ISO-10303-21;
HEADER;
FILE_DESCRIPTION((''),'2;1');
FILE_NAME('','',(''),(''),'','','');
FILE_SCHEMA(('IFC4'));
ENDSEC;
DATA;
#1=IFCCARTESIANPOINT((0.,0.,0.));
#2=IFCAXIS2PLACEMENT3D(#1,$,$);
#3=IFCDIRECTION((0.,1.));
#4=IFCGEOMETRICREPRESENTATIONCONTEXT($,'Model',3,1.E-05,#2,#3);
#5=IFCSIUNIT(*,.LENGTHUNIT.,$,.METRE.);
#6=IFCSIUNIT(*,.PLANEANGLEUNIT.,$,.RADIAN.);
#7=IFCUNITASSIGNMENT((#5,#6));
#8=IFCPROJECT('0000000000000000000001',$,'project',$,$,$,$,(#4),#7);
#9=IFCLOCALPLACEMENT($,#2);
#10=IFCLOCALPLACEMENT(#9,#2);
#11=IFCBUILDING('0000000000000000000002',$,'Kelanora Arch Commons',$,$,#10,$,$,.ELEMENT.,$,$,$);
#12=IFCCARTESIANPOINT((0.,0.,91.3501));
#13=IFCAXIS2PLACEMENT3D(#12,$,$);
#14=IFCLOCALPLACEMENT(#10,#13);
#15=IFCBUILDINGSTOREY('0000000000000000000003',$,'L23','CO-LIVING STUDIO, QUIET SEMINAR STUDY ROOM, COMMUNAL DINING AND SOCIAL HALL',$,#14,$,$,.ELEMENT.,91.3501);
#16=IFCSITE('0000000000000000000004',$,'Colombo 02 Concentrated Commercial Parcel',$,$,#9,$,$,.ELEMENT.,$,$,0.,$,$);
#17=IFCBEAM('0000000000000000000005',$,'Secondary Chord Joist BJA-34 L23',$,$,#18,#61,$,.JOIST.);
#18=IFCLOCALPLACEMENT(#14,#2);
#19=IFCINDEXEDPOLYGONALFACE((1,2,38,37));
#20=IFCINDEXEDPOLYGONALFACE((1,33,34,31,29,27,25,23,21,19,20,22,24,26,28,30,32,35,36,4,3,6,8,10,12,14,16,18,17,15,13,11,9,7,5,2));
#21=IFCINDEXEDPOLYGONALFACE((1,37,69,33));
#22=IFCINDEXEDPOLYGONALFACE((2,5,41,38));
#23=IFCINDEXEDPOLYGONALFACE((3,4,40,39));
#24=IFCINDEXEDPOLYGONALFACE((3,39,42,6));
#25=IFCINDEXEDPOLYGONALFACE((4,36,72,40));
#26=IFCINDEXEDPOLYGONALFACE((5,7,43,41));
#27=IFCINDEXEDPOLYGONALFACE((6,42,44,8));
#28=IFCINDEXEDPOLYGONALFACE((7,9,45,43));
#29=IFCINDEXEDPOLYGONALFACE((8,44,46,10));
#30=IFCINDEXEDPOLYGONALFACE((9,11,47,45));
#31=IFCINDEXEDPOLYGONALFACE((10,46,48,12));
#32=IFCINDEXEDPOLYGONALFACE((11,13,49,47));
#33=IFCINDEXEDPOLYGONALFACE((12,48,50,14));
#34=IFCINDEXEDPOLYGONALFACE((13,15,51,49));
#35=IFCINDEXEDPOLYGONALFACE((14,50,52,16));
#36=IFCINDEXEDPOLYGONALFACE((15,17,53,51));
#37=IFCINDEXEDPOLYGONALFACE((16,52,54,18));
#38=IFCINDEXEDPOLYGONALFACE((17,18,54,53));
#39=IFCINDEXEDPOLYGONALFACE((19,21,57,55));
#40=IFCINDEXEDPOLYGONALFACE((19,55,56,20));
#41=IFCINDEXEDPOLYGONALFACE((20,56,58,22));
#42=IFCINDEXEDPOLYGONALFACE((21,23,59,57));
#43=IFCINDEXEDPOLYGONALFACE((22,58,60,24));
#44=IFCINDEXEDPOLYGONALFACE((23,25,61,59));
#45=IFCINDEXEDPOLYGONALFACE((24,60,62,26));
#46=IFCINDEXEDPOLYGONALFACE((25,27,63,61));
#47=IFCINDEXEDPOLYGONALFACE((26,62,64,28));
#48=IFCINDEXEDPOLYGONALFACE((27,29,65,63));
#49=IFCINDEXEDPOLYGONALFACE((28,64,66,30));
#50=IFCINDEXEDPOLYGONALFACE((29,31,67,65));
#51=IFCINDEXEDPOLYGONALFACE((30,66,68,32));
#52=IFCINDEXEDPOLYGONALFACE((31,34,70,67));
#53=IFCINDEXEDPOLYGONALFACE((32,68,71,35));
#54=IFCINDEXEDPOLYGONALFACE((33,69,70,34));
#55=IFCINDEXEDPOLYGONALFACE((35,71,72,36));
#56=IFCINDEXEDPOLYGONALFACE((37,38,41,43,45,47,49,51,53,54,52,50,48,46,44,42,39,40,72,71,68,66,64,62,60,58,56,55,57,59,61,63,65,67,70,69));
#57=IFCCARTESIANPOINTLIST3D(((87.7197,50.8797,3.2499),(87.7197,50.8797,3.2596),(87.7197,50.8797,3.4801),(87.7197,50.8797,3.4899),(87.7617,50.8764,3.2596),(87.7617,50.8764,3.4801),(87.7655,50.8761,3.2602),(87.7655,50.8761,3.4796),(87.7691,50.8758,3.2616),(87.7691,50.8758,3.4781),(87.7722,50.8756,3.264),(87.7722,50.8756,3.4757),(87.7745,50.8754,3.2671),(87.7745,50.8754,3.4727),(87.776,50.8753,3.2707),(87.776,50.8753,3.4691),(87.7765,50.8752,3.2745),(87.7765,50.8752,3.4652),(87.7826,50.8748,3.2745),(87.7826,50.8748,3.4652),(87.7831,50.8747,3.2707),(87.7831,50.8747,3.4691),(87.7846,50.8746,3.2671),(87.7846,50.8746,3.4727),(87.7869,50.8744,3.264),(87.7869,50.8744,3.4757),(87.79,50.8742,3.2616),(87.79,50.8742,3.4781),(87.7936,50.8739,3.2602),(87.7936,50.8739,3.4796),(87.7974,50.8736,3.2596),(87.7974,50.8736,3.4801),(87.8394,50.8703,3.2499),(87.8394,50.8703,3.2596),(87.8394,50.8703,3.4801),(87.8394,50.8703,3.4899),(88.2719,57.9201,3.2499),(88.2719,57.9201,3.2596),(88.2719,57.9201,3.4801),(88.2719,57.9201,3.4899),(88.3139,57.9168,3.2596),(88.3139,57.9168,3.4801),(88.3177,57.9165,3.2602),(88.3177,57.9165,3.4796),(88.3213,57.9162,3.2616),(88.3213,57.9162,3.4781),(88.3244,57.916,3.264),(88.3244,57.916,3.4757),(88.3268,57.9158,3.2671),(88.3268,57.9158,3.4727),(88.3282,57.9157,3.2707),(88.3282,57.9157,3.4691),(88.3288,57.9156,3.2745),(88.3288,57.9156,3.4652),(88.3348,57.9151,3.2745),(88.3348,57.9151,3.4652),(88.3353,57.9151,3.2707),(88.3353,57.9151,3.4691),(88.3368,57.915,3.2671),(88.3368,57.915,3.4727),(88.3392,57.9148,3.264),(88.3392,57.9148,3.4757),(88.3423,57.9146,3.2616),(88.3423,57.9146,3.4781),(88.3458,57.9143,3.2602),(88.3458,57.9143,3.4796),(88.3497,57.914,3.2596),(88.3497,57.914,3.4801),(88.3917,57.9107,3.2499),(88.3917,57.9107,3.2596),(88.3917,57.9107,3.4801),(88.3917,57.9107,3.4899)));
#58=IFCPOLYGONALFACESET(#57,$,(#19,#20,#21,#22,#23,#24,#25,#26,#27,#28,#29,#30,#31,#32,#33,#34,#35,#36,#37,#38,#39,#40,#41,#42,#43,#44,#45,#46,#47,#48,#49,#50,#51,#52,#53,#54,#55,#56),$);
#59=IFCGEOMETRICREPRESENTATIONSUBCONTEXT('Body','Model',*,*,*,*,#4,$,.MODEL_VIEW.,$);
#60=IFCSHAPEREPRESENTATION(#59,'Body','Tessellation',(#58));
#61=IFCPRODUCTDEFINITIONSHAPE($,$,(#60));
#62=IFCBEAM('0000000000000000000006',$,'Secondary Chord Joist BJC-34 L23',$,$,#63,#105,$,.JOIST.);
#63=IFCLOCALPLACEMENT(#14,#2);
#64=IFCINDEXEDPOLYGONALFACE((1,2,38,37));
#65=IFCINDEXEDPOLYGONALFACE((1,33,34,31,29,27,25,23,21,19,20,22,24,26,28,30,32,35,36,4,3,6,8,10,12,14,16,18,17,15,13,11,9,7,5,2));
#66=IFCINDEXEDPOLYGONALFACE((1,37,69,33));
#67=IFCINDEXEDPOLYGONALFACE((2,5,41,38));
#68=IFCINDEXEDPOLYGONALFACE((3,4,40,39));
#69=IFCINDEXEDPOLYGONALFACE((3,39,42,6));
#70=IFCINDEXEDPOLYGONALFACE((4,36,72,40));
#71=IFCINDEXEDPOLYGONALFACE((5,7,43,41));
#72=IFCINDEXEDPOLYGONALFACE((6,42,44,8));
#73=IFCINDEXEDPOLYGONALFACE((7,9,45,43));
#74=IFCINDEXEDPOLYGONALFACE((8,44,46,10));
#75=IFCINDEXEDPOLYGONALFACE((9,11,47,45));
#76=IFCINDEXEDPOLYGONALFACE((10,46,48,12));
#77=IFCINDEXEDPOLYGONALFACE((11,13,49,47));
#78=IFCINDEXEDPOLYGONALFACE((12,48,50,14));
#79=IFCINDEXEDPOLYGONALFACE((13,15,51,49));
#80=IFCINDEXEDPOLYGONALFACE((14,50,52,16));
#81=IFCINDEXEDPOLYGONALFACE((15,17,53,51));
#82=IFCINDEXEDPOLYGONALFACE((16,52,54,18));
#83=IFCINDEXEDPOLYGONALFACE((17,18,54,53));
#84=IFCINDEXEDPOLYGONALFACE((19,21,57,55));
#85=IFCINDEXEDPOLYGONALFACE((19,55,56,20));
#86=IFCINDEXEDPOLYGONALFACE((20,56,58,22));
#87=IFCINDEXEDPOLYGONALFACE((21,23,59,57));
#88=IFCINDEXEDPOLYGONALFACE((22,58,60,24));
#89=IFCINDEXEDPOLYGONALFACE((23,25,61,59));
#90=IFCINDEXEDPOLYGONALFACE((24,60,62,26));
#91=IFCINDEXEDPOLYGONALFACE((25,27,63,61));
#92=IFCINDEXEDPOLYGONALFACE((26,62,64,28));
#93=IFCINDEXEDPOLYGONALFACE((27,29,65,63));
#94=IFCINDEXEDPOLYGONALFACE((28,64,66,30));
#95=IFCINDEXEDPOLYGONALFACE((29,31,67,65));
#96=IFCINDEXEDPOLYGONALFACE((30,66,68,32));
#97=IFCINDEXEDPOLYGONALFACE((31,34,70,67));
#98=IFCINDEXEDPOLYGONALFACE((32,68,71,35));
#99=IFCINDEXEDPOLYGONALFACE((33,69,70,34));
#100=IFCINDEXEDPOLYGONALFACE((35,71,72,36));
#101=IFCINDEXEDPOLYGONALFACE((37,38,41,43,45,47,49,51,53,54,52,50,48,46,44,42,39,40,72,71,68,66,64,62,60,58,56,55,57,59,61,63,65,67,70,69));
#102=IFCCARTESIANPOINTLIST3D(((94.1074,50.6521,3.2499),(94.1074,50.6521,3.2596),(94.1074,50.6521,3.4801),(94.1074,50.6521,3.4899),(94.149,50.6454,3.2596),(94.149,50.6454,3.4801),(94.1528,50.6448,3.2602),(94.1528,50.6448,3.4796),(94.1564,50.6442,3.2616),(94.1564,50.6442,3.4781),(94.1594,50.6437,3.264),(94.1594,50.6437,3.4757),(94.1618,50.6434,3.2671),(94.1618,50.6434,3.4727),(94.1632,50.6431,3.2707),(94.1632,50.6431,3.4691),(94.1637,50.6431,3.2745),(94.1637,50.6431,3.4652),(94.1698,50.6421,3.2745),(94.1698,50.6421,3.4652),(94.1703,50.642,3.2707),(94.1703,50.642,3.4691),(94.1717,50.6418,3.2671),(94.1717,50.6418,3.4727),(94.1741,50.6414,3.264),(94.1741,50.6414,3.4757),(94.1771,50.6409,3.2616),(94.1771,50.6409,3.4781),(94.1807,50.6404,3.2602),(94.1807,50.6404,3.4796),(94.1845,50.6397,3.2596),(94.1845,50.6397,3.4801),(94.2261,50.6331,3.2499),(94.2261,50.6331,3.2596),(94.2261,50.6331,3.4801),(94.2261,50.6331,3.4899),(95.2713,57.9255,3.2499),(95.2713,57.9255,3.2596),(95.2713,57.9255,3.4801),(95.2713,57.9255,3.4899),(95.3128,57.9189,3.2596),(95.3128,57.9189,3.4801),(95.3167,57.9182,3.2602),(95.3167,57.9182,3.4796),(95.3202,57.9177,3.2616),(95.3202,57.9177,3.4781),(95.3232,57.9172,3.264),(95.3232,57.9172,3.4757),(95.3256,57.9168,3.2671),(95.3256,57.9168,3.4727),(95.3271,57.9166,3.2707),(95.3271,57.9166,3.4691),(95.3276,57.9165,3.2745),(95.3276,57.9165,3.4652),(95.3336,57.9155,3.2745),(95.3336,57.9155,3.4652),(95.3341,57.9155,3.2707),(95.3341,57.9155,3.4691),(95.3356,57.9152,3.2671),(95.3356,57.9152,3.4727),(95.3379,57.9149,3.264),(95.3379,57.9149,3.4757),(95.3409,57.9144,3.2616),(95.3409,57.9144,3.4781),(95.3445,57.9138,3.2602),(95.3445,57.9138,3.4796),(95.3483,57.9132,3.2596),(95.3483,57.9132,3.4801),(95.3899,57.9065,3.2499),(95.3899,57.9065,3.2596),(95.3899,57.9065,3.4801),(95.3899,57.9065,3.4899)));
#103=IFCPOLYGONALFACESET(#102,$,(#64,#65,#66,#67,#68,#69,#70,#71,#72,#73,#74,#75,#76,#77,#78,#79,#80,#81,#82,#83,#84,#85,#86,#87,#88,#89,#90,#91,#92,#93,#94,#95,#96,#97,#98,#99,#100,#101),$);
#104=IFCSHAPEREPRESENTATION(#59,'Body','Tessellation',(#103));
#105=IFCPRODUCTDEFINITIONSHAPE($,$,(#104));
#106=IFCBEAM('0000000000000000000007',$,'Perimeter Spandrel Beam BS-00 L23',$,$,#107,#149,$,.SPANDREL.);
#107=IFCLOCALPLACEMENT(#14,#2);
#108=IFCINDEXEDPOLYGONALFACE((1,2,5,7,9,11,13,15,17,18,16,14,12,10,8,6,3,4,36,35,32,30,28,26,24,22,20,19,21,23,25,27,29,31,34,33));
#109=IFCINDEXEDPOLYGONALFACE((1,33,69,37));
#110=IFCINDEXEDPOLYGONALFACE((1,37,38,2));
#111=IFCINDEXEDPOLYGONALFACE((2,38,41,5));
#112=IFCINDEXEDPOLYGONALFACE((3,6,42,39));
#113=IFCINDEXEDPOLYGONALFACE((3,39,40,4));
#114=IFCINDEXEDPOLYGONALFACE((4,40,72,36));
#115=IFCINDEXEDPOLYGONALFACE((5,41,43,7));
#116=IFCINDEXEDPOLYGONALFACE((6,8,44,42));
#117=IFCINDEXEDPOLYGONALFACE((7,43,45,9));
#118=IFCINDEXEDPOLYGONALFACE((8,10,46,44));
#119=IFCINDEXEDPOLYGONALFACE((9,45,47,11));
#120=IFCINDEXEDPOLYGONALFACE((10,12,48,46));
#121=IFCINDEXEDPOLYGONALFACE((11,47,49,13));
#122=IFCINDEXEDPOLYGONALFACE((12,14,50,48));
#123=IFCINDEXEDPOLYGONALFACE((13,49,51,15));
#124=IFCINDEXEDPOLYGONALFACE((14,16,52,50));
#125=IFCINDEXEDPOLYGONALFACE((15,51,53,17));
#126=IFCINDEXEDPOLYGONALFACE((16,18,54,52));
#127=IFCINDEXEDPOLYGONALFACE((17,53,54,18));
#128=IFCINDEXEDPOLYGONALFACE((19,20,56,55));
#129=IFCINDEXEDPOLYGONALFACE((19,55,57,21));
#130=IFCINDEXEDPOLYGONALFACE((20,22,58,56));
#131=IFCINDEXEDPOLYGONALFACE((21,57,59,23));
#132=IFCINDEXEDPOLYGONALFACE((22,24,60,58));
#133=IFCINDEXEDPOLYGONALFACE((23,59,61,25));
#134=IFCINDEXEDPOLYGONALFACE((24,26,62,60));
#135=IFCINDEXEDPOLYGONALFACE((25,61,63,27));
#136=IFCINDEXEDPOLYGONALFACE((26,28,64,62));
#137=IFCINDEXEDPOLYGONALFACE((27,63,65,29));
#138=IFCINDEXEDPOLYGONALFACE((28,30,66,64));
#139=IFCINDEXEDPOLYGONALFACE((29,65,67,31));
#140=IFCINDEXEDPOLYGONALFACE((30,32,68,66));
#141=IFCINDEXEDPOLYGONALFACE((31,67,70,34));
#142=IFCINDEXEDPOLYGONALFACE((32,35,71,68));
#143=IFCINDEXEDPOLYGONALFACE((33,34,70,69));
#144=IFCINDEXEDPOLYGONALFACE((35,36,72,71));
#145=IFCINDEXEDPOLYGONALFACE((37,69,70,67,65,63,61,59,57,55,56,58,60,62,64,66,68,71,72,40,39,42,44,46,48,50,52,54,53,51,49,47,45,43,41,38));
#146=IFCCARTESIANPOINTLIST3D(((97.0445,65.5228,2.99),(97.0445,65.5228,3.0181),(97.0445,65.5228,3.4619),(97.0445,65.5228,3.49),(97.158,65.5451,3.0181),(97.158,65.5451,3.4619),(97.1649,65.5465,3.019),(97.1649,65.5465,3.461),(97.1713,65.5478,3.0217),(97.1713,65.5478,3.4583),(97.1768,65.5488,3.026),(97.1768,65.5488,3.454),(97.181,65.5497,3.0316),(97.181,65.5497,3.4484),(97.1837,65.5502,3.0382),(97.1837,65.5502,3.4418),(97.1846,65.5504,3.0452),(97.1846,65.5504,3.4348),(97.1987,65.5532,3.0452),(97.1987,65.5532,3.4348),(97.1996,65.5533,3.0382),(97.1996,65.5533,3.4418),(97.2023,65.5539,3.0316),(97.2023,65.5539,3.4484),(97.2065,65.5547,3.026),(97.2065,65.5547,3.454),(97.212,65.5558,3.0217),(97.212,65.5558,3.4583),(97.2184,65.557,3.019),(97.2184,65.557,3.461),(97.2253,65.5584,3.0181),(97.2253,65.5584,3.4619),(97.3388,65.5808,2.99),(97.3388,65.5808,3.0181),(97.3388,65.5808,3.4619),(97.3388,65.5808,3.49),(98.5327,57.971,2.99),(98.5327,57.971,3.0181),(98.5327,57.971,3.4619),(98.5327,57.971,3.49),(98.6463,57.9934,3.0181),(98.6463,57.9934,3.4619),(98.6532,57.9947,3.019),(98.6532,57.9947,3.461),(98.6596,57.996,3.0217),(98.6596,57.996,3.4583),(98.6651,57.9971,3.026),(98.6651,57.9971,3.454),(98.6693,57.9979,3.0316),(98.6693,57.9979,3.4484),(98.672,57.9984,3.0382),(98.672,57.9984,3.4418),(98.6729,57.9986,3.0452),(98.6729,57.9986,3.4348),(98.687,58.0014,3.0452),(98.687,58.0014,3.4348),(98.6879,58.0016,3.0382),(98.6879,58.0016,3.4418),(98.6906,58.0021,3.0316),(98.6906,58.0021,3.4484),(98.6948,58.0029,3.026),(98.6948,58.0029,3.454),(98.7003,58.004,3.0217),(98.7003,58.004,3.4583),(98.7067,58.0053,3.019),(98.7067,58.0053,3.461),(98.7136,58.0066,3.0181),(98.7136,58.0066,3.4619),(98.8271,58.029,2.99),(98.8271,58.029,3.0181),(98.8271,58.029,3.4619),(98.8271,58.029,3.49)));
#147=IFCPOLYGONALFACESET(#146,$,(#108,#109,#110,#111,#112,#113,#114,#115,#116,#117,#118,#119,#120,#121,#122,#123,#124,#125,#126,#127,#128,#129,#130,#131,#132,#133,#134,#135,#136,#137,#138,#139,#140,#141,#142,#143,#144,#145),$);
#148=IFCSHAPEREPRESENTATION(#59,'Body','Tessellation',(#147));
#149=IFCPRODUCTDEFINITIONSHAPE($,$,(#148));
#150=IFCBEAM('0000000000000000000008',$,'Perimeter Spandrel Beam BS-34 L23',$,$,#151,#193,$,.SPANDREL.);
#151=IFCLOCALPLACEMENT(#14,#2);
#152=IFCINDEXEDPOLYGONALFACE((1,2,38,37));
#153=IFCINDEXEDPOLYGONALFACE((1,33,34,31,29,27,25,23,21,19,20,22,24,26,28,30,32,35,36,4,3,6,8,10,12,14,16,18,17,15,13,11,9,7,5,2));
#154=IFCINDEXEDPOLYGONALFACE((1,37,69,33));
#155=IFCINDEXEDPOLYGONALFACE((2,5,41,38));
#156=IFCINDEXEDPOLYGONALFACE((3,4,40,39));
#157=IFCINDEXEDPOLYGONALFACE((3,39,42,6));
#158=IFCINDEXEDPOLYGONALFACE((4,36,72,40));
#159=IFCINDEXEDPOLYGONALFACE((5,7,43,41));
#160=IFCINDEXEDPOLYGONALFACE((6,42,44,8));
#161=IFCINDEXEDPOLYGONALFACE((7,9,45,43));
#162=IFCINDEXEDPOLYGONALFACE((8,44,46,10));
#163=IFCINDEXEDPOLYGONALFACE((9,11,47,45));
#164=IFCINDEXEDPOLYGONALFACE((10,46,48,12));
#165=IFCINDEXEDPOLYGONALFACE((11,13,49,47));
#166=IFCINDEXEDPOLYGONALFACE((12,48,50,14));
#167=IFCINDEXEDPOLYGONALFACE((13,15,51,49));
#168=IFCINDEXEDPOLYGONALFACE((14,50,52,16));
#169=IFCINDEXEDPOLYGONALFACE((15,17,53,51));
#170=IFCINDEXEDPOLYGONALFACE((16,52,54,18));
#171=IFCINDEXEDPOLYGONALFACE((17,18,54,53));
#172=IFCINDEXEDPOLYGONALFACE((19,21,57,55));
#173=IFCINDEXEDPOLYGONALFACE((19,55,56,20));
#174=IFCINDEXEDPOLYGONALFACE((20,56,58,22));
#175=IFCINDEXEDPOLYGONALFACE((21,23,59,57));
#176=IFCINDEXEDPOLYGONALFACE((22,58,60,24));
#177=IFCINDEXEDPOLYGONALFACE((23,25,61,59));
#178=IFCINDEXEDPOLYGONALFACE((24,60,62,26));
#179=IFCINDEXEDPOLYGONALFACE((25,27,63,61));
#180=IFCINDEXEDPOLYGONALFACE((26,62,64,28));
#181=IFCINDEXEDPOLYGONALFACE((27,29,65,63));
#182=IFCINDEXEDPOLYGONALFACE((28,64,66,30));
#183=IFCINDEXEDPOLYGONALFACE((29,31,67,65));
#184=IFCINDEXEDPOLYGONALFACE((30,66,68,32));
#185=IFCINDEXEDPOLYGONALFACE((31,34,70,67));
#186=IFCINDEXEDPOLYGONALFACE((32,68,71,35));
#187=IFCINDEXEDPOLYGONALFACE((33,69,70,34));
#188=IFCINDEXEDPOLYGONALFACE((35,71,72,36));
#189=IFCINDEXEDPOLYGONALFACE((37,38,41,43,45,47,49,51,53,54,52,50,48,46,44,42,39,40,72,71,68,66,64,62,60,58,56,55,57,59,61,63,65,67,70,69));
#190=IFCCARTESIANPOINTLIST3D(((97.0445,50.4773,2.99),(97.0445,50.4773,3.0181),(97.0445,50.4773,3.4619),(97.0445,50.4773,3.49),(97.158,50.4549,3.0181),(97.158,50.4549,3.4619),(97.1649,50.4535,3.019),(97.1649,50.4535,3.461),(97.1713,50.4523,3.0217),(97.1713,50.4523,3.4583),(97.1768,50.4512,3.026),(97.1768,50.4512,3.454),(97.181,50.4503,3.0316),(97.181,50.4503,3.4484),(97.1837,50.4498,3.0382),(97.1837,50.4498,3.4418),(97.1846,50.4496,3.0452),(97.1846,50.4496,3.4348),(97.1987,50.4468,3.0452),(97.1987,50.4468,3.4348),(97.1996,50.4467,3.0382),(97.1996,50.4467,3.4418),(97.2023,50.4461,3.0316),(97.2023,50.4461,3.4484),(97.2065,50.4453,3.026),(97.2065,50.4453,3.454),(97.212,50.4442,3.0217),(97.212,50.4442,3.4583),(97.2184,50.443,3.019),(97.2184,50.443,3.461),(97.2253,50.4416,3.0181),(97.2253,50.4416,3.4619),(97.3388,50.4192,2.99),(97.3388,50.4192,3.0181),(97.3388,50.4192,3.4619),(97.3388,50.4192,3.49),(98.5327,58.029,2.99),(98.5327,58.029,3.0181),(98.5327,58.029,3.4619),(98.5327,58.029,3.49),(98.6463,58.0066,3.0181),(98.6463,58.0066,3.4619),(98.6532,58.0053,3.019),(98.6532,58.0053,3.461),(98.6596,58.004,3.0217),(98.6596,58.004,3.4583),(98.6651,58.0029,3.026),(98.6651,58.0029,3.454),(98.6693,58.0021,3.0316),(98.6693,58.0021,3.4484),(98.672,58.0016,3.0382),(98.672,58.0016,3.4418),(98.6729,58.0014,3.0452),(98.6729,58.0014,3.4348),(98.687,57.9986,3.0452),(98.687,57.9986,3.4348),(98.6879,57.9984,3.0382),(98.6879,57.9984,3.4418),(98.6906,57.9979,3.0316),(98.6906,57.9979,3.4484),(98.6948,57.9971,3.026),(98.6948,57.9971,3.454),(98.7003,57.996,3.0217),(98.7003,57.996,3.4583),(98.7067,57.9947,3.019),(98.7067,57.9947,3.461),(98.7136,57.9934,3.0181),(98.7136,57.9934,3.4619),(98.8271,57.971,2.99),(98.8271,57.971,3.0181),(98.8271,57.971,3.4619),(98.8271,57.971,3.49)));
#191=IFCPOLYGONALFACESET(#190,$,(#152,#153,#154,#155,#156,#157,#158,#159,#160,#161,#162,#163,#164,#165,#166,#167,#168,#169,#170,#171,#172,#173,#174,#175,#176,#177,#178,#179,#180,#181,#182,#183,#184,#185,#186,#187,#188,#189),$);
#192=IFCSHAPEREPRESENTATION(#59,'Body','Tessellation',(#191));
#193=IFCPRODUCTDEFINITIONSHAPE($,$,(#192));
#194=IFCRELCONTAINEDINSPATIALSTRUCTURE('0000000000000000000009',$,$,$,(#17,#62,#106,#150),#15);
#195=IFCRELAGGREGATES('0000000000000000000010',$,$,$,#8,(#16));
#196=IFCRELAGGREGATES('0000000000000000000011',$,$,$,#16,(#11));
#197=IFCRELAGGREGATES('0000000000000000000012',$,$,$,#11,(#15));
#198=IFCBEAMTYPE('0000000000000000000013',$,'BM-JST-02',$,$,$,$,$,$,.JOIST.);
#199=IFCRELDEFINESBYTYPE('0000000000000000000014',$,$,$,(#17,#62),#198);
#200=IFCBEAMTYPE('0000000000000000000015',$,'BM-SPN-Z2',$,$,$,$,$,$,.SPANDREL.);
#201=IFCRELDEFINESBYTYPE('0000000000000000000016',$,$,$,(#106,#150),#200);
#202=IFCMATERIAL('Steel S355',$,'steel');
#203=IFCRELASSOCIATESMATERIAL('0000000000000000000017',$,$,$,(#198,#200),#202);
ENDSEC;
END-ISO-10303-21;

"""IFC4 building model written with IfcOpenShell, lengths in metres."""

from ifc_helpers import new_model, si_unit, direction, frame, origin, origin_2d, place, context, subcontext, project, spatial, i_section, extrude, material, material_profile, profile_set, type_object, element, save


model = new_model("IFC4")

# Units and contexts
model_context = context("Model", 3, precision=1e-05, world=origin(), true_north=direction((0.0, 1.0)))
body_context = subcontext(model_context, "Body", "Model", "MODEL_VIEW")
ifc_project = project(units=[si_unit("LENGTHUNIT", "METRE"), si_unit("PLANEANGLEUNIT", "RADIAN")], contexts=[model_context])

# Site, building, storey
site_placement = place(None, origin())
site = spatial("IfcSite", under=ifc_project, at=site_placement, Name="Colombo 02 Concentrated Commercial Parcel", CompositionType="ELEMENT", RefElevation=0.0)
building_placement = place(site_placement, origin())
building = spatial("IfcBuilding", under=site, at=building_placement, Name="Kelanora Arch Commons", CompositionType="ELEMENT")
storey_placement = place(building_placement, frame((0.0, 0.0, 91.3501)))
storey = spatial("IfcBuildingStorey", under=building, at=storey_placement, Name="L23", Description="CO-LIVING STUDIO, QUIET SEMINAR STUDY ROOM, COMMUNAL DINING AND SOCIAL HALL", CompositionType="ELEMENT", Elevation=91.3501)

# Beams
ifc_material_1 = material(Name="Steel S355", Category="steel")
ifc_material_profile_1 = material_profile(ifc_material_1, i_section(OverallWidth=0.1201, OverallDepth=0.24, WebThickness=0.0061, FlangeThickness=0.0098, FilletRadius=0.0149, at=origin_2d()), Name="IPE240")
ifc_profile_set_1 = profile_set([ifc_material_profile_1], Name="Steel S355")
beam_type_1 = type_object("IfcBeamType", Name="BM-JST-02", PredefinedType="JOIST", material=ifc_profile_set_1)
beam_1_placement = place(storey_placement, frame((87.7795, 50.875, 3.3699), z_axis=(0.078201, 0.996938, 0.0), x_axis=(-0.996938, 0.078201, 0.0)))
element("IfcBeam", 1, at=beam_1_placement, inside=storey, type_object=beam_type_1, Name="Secondary Chord Joist BJA-34 L23", PredefinedType="JOIST", context=body_context, shape_type="SweptSolid", body=[
    extrude(i_section(OverallWidth=0.1201, OverallDepth=0.24, WebThickness=0.0061, FlangeThickness=0.0098, FilletRadius=0.0149, at=origin_2d()), origin(), (0.0, 0.0, 1.0), 7.062),
])
beam_2_placement = place(storey_placement, frame((94.1667, 50.6426, 3.3699), z_axis=(0.158, 0.987439, 0.0), x_axis=(-0.987439, 0.158, 0.0)))
element("IfcBeam", 2, at=beam_2_placement, inside=storey, type_object=beam_type_1, Name="Secondary Chord Joist BJC-34 L23", PredefinedType="JOIST", context=body_context, shape_type="SweptSolid", body=[
    extrude(i_section(OverallWidth=0.1201, OverallDepth=0.24, WebThickness=0.0061, FlangeThickness=0.0098, FilletRadius=0.0149, at=origin_2d()), origin(), (0.0, 0.0, 1.0), 7.366),
])
ifc_material_profile_2 = material_profile(ifc_material_1, i_section(OverallWidth=0.3, OverallDepth=0.5, WebThickness=0.0144, FlangeThickness=0.0281, FilletRadius=0.0271, at=origin_2d()), Name="HEB500")
ifc_profile_set_2 = profile_set([ifc_material_profile_2], Name="Steel S355")
beam_type_2 = type_object("IfcBeamType", Name="BM-SPN-Z2", PredefinedType="SPANDREL", material=ifc_profile_set_2)
for number, where, z_axis, x_axis, name in (
    (3, (98.6799, 58.0, 3.24), (-0.193358, 0.981128, 0.0), (-0.981128, -0.193358, 0.0), "Perimeter Spandrel Beam BS-00 L23"),
    (4, (97.1917, 50.4482, 3.24), (0.193358, 0.981128, 0.0), (-0.981128, 0.193358, 0.0), "Perimeter Spandrel Beam BS-34 L23"),
):
    element("IfcBeam", number, at=place(storey_placement, frame(where, z_axis=z_axis, x_axis=x_axis)), inside=storey, type_object=beam_type_2, Name=name, PredefinedType="SPANDREL", context=body_context, shape_type="SweptSolid", body=[
        extrude(i_section(OverallWidth=0.3, OverallDepth=0.5, WebThickness=0.0144, FlangeThickness=0.0281, FilletRadius=0.0271, at=origin_2d()), origin(), (0.0, 0.0, 1.0), 7.697),
    ])

save(model, "model.ifc")
